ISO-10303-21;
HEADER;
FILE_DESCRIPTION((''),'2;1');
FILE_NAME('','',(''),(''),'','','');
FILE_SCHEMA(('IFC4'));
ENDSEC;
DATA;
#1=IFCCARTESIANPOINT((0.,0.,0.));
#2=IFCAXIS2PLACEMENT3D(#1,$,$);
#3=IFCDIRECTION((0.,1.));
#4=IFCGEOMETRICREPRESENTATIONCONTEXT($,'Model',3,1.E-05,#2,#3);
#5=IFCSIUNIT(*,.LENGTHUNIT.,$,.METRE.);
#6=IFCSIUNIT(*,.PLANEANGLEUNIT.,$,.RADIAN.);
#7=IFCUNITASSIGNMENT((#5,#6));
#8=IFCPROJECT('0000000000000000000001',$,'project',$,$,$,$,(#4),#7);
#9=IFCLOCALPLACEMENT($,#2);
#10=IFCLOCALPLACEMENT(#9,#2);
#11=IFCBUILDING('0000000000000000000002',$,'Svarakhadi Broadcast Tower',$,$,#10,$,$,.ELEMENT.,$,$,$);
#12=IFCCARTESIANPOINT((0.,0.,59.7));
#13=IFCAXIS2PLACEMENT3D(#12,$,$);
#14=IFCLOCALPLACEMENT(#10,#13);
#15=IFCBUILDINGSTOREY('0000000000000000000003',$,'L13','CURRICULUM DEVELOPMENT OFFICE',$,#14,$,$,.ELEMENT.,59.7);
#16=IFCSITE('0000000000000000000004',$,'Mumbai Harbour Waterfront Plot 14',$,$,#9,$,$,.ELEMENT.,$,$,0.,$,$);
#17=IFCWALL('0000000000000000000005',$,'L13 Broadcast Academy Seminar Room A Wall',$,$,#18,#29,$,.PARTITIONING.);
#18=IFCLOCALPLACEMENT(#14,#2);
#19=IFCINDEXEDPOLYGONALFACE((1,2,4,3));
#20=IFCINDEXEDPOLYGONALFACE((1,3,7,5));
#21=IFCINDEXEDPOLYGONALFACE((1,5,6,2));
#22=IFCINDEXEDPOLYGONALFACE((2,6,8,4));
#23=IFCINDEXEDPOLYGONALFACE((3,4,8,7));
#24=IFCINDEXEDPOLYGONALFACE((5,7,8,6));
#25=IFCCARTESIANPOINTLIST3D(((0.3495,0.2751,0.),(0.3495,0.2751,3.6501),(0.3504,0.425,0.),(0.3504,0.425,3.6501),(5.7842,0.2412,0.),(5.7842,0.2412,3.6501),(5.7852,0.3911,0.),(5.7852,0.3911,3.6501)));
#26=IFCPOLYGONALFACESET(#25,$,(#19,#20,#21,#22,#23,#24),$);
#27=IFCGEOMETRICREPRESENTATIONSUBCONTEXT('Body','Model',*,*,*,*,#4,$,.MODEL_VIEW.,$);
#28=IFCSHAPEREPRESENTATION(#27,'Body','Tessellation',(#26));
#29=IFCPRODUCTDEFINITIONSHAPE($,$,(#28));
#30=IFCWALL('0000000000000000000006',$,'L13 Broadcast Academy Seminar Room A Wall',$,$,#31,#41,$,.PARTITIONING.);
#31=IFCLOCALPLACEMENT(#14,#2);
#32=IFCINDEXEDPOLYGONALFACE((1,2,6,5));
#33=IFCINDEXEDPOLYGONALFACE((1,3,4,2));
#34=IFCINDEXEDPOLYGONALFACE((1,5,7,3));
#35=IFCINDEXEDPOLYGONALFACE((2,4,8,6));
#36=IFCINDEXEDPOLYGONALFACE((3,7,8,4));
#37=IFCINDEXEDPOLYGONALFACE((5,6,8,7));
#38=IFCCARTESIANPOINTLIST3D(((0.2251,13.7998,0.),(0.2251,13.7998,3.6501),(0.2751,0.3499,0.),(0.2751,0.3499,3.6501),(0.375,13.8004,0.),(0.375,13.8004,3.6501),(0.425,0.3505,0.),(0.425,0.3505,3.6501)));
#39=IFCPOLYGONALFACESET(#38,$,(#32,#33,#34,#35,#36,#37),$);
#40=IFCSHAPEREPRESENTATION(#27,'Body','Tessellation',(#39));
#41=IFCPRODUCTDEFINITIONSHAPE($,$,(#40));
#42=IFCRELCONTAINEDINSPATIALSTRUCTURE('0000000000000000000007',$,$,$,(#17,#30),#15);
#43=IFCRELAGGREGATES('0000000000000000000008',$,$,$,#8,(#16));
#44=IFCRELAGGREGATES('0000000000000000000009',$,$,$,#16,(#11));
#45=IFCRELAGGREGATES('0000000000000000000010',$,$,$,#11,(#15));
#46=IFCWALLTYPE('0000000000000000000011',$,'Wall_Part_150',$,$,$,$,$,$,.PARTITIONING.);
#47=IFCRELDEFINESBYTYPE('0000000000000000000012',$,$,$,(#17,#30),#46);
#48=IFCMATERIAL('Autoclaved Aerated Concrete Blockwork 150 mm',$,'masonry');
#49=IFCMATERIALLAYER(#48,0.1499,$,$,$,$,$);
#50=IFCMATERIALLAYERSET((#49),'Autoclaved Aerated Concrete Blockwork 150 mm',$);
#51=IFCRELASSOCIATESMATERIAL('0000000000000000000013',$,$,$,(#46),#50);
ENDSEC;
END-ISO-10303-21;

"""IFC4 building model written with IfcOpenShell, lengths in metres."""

from ifc_helpers import new_model, si_unit, direction, frame, frame_2d, origin, place, context, subcontext, project, spatial, rectangle, extrude, material, layer, layer_set, type_object, element, save


model = new_model("IFC4")

# Units and contexts
model_context = context("Model", 3, precision=1e-05, world=origin(), true_north=direction((0.0, 1.0)))
body_context = subcontext(model_context, "Body", "Model", "MODEL_VIEW")
ifc_project = project(units=[si_unit("LENGTHUNIT", "METRE"), si_unit("PLANEANGLEUNIT", "RADIAN")], contexts=[model_context])

# Site, building, storey
site_placement = place(None, origin())
site = spatial("IfcSite", under=ifc_project, at=site_placement, Name="Mumbai Harbour Waterfront Plot 14", CompositionType="ELEMENT", RefElevation=0.0)
building_placement = place(site_placement, origin())
building = spatial("IfcBuilding", under=site, at=building_placement, Name="Svarakhadi Broadcast Tower", CompositionType="ELEMENT")
storey_placement = place(building_placement, frame((0.0, 0.0, 59.7)))
storey = spatial("IfcBuildingStorey", under=building, at=storey_placement, Name="L13", Description="CURRICULUM DEVELOPMENT OFFICE", CompositionType="ELEMENT", Elevation=59.7)

# Walls
ifc_material_1 = material(Name="Autoclaved Aerated Concrete Blockwork 150 mm", Category="masonry")
ifc_layer_1 = layer(ifc_material_1, 0.1499)
ifc_layer_set_1 = layer_set([ifc_layer_1], Name="Autoclaved Aerated Concrete Blockwork 150 mm")
wall_type = type_object("IfcWallType", Name="Wall_Part_150", PredefinedType="PARTITIONING", material=ifc_layer_set_1)
wall_1_placement = place(storey_placement, frame((0.3501, 0.3501, 0.0), z_axis=(0.0, 0.0, 1.0), x_axis=(0.999981, -0.006244, 0.0)))
element("IfcWall", 1, at=wall_1_placement, inside=storey, type_object=wall_type, Name="L13 Broadcast Academy Seminar Room A Wall", PredefinedType="PARTITIONING", context=body_context, shape_type="SweptSolid", body=[
    extrude(rectangle(XDim=5.4348, YDim=0.1499, at=frame_2d((2.7173, 0.0))), origin(), (0.0, 0.0, 1.0), 3.6501),
])
wall_2_placement = place(storey_placement, frame((0.3501, 0.3501, 0.0), z_axis=(0.0, 0.0, 1.0), x_axis=(-0.003721, 0.999993, 0.0)))
element("IfcWall", 2, at=wall_2_placement, inside=storey, type_object=wall_type, Name="L13 Broadcast Academy Seminar Room A Wall", PredefinedType="PARTITIONING", context=body_context, shape_type="SweptSolid", body=[
    extrude(rectangle(XDim=13.45, YDim=0.1499, at=frame_2d((6.7251, 0.0))), origin(), (0.0, 0.0, 1.0), 3.6501),
])

save(model, "model.ifc")
